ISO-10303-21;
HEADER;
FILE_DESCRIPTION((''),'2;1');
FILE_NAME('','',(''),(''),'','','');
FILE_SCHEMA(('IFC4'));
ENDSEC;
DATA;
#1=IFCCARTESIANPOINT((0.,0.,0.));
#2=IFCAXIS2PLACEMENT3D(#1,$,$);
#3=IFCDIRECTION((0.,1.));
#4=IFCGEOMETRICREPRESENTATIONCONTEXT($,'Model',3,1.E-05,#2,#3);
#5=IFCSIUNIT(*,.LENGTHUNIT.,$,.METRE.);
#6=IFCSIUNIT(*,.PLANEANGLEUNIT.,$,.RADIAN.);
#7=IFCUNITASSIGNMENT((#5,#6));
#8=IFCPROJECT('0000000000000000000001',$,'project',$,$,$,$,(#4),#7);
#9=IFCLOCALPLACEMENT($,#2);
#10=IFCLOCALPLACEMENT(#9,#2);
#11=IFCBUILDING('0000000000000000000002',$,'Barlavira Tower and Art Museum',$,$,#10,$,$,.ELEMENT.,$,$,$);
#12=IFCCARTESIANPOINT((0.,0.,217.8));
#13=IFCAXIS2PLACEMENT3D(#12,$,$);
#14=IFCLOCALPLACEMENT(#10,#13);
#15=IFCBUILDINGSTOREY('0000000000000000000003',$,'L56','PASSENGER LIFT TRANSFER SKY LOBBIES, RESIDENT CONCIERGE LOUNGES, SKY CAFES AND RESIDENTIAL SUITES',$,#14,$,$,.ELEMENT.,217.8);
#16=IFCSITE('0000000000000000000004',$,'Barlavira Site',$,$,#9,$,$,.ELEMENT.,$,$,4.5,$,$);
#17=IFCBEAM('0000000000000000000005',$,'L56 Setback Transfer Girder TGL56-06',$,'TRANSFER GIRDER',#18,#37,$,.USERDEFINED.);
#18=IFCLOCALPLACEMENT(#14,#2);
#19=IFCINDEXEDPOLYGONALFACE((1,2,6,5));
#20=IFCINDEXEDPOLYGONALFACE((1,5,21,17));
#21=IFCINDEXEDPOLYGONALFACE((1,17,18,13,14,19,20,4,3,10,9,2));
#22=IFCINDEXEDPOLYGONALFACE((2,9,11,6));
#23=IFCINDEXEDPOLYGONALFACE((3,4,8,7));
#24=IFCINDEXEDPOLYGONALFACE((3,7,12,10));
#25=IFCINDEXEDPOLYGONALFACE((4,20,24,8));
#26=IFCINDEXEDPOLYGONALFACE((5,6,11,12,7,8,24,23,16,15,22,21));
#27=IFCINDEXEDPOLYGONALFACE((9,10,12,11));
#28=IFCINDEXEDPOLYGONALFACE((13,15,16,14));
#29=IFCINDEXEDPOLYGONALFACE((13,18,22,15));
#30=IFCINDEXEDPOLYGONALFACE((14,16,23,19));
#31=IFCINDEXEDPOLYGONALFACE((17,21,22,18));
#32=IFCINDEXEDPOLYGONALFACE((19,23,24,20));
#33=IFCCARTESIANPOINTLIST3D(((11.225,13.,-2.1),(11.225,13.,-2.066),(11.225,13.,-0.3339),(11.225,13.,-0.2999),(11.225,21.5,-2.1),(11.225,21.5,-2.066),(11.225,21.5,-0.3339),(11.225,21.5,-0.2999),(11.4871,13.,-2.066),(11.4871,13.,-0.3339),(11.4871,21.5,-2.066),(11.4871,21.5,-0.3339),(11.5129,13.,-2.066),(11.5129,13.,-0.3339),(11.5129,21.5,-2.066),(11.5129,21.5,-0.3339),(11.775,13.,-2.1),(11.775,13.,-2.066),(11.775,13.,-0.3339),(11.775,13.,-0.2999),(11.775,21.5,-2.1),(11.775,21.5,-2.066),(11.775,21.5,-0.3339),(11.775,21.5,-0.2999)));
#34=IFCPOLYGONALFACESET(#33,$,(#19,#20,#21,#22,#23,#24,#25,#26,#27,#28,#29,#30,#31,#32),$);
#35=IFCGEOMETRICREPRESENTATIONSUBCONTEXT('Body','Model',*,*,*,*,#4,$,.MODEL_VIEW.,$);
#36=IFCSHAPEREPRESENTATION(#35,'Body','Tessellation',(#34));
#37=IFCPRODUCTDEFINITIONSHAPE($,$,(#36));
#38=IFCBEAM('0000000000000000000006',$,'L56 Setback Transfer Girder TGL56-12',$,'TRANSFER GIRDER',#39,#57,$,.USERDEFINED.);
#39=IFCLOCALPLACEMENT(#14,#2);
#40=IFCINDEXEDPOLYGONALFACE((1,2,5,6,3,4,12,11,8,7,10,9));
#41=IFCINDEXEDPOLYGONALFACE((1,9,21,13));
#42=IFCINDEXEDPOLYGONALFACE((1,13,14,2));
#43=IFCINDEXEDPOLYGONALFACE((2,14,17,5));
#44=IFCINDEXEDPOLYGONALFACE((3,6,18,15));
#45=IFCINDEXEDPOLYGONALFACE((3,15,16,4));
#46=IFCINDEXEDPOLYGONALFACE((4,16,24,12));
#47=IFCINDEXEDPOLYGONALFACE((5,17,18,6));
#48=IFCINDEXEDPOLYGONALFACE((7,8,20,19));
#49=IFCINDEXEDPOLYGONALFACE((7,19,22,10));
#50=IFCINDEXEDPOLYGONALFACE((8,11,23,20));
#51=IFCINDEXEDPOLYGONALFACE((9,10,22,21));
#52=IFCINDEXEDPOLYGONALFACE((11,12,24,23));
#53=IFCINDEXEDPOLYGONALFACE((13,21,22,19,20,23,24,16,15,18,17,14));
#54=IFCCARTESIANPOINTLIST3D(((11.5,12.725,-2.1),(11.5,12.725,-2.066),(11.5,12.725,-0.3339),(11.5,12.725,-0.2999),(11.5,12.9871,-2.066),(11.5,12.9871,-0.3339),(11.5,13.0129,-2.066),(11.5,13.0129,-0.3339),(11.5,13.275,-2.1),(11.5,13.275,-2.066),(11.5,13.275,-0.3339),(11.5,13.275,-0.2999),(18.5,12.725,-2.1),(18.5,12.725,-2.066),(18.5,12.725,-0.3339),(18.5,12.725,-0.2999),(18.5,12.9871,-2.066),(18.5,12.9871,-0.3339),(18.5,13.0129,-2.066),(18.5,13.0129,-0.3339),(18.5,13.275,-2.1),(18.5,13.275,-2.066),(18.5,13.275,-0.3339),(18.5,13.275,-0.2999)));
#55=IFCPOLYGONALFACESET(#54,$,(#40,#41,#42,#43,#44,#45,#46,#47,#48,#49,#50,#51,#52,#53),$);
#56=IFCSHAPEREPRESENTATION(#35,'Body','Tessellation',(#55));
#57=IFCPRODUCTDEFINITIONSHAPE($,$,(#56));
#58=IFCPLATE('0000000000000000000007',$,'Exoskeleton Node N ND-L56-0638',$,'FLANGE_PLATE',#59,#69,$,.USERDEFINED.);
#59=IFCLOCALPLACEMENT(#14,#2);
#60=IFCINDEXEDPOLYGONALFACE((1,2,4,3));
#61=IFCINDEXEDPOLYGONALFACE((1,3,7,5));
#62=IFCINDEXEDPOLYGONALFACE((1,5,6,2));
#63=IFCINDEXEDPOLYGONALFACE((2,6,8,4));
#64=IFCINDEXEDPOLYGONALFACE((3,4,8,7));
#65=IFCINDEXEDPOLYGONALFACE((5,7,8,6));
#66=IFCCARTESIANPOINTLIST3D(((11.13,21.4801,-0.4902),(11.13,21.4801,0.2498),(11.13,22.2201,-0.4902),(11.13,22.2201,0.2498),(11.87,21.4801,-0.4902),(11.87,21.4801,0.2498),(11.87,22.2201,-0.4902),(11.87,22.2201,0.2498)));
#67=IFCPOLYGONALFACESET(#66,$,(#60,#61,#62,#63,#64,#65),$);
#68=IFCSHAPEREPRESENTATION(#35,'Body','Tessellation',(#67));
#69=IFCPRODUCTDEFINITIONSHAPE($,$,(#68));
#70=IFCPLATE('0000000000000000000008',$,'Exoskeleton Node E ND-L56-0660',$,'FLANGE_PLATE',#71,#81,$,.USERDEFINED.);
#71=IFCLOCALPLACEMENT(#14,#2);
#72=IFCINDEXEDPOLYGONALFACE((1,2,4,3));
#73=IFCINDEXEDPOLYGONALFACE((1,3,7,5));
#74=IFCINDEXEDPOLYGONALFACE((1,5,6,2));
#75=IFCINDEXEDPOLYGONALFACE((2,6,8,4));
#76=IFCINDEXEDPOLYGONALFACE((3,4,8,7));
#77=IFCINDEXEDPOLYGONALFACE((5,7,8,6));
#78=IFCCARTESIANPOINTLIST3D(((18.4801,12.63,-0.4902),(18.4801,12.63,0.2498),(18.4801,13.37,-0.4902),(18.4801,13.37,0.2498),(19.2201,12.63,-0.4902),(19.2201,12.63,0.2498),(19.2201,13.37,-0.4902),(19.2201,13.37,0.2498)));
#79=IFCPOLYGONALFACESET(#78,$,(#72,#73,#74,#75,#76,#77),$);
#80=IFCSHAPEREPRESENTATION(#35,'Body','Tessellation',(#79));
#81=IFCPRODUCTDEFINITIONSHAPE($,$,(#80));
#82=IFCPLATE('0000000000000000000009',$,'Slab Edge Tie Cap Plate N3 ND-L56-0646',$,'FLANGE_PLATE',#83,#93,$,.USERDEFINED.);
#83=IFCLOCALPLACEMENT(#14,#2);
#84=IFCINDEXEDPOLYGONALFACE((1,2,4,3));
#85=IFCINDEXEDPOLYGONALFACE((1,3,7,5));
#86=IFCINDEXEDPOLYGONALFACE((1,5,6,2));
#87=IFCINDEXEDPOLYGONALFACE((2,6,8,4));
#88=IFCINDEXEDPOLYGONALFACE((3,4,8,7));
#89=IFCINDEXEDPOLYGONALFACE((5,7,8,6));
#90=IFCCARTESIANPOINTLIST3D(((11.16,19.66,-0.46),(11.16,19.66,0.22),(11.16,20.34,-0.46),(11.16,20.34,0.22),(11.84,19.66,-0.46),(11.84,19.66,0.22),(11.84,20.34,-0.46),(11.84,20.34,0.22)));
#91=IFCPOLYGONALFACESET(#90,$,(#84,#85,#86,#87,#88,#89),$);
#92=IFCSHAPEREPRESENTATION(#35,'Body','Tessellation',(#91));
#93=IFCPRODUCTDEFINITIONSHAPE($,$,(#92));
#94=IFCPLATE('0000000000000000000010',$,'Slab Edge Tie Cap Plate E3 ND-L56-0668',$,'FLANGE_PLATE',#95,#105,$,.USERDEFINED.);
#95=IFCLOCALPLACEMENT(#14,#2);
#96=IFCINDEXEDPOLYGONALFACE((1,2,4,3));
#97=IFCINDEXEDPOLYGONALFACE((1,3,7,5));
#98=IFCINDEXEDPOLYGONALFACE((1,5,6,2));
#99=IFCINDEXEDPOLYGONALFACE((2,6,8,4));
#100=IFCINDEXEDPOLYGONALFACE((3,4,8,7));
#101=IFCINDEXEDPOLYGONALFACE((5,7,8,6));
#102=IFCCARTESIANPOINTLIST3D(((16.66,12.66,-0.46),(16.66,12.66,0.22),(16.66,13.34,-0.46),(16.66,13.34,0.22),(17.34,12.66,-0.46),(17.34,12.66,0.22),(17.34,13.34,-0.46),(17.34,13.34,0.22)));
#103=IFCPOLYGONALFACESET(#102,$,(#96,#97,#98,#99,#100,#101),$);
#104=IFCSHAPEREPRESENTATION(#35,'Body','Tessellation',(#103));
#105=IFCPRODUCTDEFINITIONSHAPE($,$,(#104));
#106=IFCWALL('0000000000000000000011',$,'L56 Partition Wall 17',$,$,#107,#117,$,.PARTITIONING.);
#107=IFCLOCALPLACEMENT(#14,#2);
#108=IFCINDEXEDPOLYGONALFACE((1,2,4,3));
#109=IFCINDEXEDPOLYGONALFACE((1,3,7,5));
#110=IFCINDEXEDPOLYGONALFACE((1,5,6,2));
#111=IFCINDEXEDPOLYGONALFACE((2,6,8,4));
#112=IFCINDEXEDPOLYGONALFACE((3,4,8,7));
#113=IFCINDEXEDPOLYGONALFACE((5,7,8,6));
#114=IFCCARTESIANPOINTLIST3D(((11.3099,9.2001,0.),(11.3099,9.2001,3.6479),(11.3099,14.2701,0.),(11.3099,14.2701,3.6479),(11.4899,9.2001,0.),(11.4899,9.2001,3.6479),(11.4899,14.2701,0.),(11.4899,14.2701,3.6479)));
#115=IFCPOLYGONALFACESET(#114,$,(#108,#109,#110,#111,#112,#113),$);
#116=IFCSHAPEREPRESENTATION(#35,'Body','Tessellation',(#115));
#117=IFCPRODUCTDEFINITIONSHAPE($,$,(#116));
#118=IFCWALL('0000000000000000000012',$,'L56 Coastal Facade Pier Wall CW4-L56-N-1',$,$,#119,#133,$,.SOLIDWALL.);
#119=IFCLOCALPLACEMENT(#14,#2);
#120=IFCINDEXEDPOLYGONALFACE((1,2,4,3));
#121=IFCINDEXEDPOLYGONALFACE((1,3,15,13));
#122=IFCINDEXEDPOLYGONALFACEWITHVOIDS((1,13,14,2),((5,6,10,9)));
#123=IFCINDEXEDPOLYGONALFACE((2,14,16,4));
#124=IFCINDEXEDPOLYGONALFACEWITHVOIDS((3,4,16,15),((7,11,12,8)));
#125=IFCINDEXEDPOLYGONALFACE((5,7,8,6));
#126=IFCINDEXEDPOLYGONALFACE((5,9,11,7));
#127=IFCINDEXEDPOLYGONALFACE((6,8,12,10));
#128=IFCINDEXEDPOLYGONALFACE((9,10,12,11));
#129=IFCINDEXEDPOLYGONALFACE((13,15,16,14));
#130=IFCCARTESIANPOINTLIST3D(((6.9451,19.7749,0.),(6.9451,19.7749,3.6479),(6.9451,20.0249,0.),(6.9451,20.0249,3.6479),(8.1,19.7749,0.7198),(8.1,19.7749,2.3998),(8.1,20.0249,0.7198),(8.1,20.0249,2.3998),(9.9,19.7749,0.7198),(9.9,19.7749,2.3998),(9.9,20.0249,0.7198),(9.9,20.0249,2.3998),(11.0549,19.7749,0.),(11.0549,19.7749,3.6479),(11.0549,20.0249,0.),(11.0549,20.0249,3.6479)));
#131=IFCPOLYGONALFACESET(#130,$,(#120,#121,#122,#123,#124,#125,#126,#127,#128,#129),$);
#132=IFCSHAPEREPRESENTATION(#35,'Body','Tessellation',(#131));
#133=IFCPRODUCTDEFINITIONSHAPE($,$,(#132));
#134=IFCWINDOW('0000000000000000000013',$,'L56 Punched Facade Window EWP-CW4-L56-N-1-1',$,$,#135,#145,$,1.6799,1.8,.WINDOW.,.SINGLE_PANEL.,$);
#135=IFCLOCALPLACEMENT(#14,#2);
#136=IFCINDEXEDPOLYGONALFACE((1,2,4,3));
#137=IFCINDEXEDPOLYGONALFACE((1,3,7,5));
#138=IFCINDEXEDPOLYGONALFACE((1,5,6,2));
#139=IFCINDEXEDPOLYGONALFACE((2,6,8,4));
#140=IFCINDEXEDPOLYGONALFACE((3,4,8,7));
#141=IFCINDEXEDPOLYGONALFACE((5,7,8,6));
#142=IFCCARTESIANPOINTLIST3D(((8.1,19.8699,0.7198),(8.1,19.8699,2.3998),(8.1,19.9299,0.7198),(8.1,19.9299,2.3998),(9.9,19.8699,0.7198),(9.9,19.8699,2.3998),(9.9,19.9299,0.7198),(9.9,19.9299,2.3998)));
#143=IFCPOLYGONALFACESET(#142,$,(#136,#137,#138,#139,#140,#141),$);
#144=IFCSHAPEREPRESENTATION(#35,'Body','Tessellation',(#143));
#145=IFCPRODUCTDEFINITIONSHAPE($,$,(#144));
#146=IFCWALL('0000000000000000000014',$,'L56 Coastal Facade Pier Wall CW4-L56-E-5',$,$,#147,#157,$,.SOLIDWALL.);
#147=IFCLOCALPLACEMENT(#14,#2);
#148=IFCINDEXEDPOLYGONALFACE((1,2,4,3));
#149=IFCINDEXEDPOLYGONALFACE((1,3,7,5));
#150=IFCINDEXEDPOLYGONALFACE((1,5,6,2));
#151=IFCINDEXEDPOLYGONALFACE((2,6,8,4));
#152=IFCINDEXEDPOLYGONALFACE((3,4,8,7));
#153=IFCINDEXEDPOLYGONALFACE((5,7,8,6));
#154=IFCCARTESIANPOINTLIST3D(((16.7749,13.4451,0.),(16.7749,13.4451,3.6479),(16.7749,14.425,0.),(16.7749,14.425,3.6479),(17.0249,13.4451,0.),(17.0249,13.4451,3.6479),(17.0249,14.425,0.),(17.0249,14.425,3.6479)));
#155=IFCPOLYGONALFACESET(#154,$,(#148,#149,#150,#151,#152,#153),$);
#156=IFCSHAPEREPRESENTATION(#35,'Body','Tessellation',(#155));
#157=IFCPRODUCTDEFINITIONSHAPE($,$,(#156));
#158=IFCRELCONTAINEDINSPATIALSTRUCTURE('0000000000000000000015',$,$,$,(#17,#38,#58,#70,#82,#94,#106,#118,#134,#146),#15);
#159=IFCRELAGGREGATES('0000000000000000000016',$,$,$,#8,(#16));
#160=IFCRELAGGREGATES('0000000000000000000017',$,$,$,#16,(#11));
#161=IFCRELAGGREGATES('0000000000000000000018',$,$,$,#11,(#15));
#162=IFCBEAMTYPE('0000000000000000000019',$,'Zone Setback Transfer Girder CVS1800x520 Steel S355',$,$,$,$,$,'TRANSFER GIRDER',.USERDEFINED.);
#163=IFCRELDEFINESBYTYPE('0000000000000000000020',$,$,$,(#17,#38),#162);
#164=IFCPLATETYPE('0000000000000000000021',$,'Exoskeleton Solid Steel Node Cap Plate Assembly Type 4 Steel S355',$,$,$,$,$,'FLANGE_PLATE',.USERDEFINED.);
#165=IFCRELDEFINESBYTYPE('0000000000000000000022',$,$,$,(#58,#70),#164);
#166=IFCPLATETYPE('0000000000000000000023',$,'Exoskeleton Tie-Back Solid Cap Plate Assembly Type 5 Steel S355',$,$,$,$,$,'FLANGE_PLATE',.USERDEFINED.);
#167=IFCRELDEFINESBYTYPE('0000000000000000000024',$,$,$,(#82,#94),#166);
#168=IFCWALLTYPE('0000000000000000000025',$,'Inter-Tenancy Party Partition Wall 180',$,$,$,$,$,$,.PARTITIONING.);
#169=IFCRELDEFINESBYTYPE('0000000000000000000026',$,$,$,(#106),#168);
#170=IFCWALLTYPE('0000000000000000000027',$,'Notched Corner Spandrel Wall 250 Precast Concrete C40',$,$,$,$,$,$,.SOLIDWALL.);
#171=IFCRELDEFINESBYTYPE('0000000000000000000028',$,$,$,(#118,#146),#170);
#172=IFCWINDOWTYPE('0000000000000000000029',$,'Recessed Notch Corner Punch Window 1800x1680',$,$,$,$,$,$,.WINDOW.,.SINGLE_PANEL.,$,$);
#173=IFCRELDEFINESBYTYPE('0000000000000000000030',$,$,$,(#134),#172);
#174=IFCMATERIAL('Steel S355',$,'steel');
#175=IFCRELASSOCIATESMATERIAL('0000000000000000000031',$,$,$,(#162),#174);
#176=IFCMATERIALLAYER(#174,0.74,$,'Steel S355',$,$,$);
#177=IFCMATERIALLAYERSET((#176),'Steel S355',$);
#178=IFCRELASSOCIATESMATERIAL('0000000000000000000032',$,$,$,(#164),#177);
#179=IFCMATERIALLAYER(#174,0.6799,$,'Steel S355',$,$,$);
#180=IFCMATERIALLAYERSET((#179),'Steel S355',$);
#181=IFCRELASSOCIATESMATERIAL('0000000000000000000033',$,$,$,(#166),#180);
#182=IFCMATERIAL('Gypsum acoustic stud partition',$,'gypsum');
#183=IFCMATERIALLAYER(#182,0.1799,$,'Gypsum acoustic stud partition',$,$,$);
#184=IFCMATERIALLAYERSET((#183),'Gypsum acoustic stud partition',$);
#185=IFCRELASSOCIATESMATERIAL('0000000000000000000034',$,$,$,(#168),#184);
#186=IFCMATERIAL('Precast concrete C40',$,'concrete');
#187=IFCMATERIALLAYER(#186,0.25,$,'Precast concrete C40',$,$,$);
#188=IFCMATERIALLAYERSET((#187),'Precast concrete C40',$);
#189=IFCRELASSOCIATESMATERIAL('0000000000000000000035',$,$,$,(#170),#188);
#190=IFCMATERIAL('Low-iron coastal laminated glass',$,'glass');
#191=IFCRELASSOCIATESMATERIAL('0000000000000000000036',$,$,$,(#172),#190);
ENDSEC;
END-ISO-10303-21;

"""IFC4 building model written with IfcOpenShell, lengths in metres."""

from ifc_helpers import new_model, si_unit, direction, frame, frame_2d, origin, origin_2d, place, context, subcontext, project, spatial, rectangle, i_section, extrude, material, layer, layer_set, material_profile, profile_set, type_object, element, fill, save


model = new_model("IFC4")

# Units and contexts
model_context = context("Model", 3, precision=1e-05, world=origin(), true_north=direction((0.0, 1.0)))
body_context = subcontext(model_context, "Body", "Model", "MODEL_VIEW")
ifc_project = project(units=[si_unit("LENGTHUNIT", "METRE"), si_unit("PLANEANGLEUNIT", "RADIAN")], contexts=[model_context])

# Site, building, storey
site_placement = place(None, origin())
site = spatial("IfcSite", under=ifc_project, at=site_placement, Name="Barlavira Site", CompositionType="ELEMENT", RefElevation=4.5)
building_placement = place(site_placement, origin())
building = spatial("IfcBuilding", under=site, at=building_placement, Name="Barlavira Tower and Art Museum", CompositionType="ELEMENT")
storey_placement = place(building_placement, frame((0.0, 0.0, 217.8)))
storey = spatial("IfcBuildingStorey", under=building, at=storey_placement, Name="L56", Description="PASSENGER LIFT TRANSFER SKY LOBBIES, RESIDENT CONCIERGE LOUNGES, SKY CAFES AND RESIDENTIAL SUITES", CompositionType="ELEMENT", Elevation=217.8)

# Shared definitions
ifc_material_1 = material(Name="Low-iron coastal laminated glass", Category="glass")

# Shared definitions
ifc_material_2 = material(Name="Steel S355", Category="steel")

# Beams
ifc_material_profile_1 = material_profile(ifc_material_2, i_section(OverallWidth=0.55, OverallDepth=1.8, WebThickness=0.0259, FlangeThickness=0.0339, at=origin_2d()), Name="CVS1800x520")
ifc_profile_set_1 = profile_set([ifc_material_profile_1], Name="Steel S355")
beam_type_1 = type_object("IfcBeamType", Name="Zone Setback Transfer Girder CVS1800x520 Steel S355", ElementType="TRANSFER GIRDER", PredefinedType="USERDEFINED", material=ifc_profile_set_1)
beam_1_placement = place(storey_placement, frame((11.5, 13.0, -1.2), z_axis=(0.0, 1.0, 0.0), x_axis=(-1.0, 0.0, 0.0)))
element("IfcBeam", 1, at=beam_1_placement, inside=storey, type_object=beam_type_1, Name="L56 Setback Transfer Girder TGL56-06", ObjectType="TRANSFER GIRDER", PredefinedType="USERDEFINED", context=body_context, shape_type="SweptSolid", body=[
    extrude(i_section(OverallWidth=0.55, OverallDepth=1.8, WebThickness=0.0259, FlangeThickness=0.0339, at=origin_2d()), origin(), (0.0, 0.0, 1.0), 8.5),
])
beam_2_placement = place(storey_placement, frame((11.5, 13.0, -1.2), z_axis=(1.0, 0.0, 0.0), x_axis=(0.0, 1.0, 0.0)))
element("IfcBeam", 2, at=beam_2_placement, inside=storey, type_object=beam_type_1, Name="L56 Setback Transfer Girder TGL56-12", ObjectType="TRANSFER GIRDER", PredefinedType="USERDEFINED", context=body_context, shape_type="SweptSolid", body=[
    extrude(i_section(OverallWidth=0.55, OverallDepth=1.8, WebThickness=0.0259, FlangeThickness=0.0339, at=origin_2d()), origin(), (0.0, 0.0, 1.0), 7.0),
])

# Plates
ifc_layer_1 = layer(ifc_material_2, 0.74, Name="Steel S355")
ifc_layer_set_1 = layer_set([ifc_layer_1], Name="Steel S355")
plate_type_1 = type_object("IfcPlateType", Name="Exoskeleton Solid Steel Node Cap Plate Assembly Type 4 Steel S355", ElementType="FLANGE_PLATE", PredefinedType="USERDEFINED", material=ifc_layer_set_1)
for number, where, z_axis, x_axis, name in (
    (3, (11.5, 21.8501, -0.4902), (0.0, 0.0, 1.0), (1.0, 0.0, 0.0), "Exoskeleton Node N ND-L56-0638"),
    (4, (18.8501, 13.0, -0.4902), (0.0, 0.0, 1.0), (1.0, 0.0, 0.0), "Exoskeleton Node E ND-L56-0660"),
):
    element("IfcPlate", number, at=place(storey_placement, frame(where, z_axis=z_axis, x_axis=x_axis)), inside=storey, type_object=plate_type_1, Name=name, ObjectType="FLANGE_PLATE", PredefinedType="USERDEFINED", context=body_context, shape_type="SweptSolid", body=[
        extrude(rectangle(XDim=0.74, YDim=0.74, at=origin_2d()), origin(), (0.0, 0.0, 1.0), 0.74),
    ])
ifc_layer_2 = layer(ifc_material_2, 0.6799, Name="Steel S355")
ifc_layer_set_2 = layer_set([ifc_layer_2], Name="Steel S355")
plate_type_2 = type_object("IfcPlateType", Name="Exoskeleton Tie-Back Solid Cap Plate Assembly Type 5 Steel S355", ElementType="FLANGE_PLATE", PredefinedType="USERDEFINED", material=ifc_layer_set_2)
for number, where, z_axis, x_axis, name in (
    (5, (11.5, 20.0, -0.46), (0.0, 0.0, 1.0), (1.0, 0.0, 0.0), "Slab Edge Tie Cap Plate N3 ND-L56-0646"),
    (6, (17.0, 13.0, -0.46), (0.0, 0.0, 1.0), (1.0, 0.0, 0.0), "Slab Edge Tie Cap Plate E3 ND-L56-0668"),
):
    element("IfcPlate", number, at=place(storey_placement, frame(where, z_axis=z_axis, x_axis=x_axis)), inside=storey, type_object=plate_type_2, Name=name, ObjectType="FLANGE_PLATE", PredefinedType="USERDEFINED", context=body_context, shape_type="SweptSolid", body=[
        extrude(rectangle(XDim=0.6799, YDim=0.6799, at=origin_2d()), origin(), (0.0, 0.0, 1.0), 0.6799),
    ])

# Wall
ifc_material_3 = material(Name="Gypsum acoustic stud partition", Category="gypsum")
ifc_layer_3 = layer(ifc_material_3, 0.1799, Name="Gypsum acoustic stud partition")
ifc_layer_set_3 = layer_set([ifc_layer_3], Name="Gypsum acoustic stud partition")
wall_type_1 = type_object("IfcWallType", Name="Inter-Tenancy Party Partition Wall 180", PredefinedType="PARTITIONING", material=ifc_layer_set_3)
wall_1_placement = place(storey_placement, frame((11.3999, 9.2, 0.0), z_axis=(0.0, 0.0, 1.0), x_axis=(0.0, 1.0, 0.0)))
element("IfcWall", 7, at=wall_1_placement, inside=storey, type_object=wall_type_1, Name="L56 Partition Wall 17", PredefinedType="PARTITIONING", context=body_context, shape_type="SweptSolid", body=[
    extrude(rectangle(XDim=5.0701, YDim=0.1799, at=frame_2d((2.5352, 0.0))), origin(), (0.0, 0.0, 1.0), 3.6479),
])

# Wall, opening, window
ifc_material_4 = material(Name="Precast concrete C40", Category="concrete")
ifc_layer_4 = layer(ifc_material_4, 0.25, Name="Precast concrete C40")
ifc_layer_set_4 = layer_set([ifc_layer_4], Name="Precast concrete C40")
wall_type_2 = type_object("IfcWallType", Name="Notched Corner Spandrel Wall 250 Precast Concrete C40", PredefinedType="SOLIDWALL", material=ifc_layer_set_4)
wall_2_placement = place(storey_placement, frame((11.0549, 19.8999, 0.0), z_axis=(0.0, 0.0, 1.0), x_axis=(-1.0, 0.0, 0.0)))
wall_2 = element("IfcWall", 8, at=wall_2_placement, inside=storey, type_object=wall_type_2, Name="L56 Coastal Facade Pier Wall CW4-L56-N-1", PredefinedType="SOLIDWALL", context=body_context, shape_type="SweptSolid", body=[
    extrude(rectangle(XDim=4.1099, YDim=0.25, at=frame_2d((2.0549, 0.0))), origin(), (0.0, 0.0, 1.0), 3.6479),
])
opening_1_placement = place(wall_2_placement, frame((1.155, 0.0, 0.72)))
opening_1 = element("IfcOpeningElement", 9, at=opening_1_placement, cuts=wall_2, PredefinedType="OPENING", context=body_context, shape_type="SweptSolid", body=[
    extrude(rectangle(XDim=1.8, YDim=1.6799, at=frame_2d((0.8999, 0.8398))), frame((0.0, 0.135, 0.0), z_axis=(0.0, -1.0, 0.0), x_axis=(1.0, 0.0, 0.0)), (0.0, 0.0, 1.0), 0.27),
])
window_type = type_object("IfcWindowType", Name="Recessed Notch Corner Punch Window 1800x1680", PartitioningType="SINGLE_PANEL", PredefinedType="WINDOW", material=ifc_material_1)
window_1_placement = place(opening_1_placement, origin())
window_1 = element("IfcWindow", 10, at=window_1_placement, inside=storey, type_object=window_type, Name="L56 Punched Facade Window EWP-CW4-L56-N-1-1", OverallHeight=1.6799, OverallWidth=1.8, PartitioningType="SINGLE_PANEL", PredefinedType="WINDOW", context=body_context, shape_type="SweptSolid", body=[
    extrude(rectangle(XDim=1.8, YDim=1.6799, at=frame_2d((0.8999, 0.8398))), frame((0.0, 0.03, 0.0), z_axis=(0.0, -1.0, 0.0), x_axis=(1.0, 0.0, 0.0)), (0.0, 0.0, 1.0), 0.0601),
])
fill(opening_1, window_1)

# Wall
wall_3_placement = place(storey_placement, frame((16.8999, 13.4451, 0.0), z_axis=(0.0, 0.0, 1.0), x_axis=(0.0, 1.0, 0.0)))
element("IfcWall", 11, at=wall_3_placement, inside=storey, type_object=wall_type_2, Name="L56 Coastal Facade Pier Wall CW4-L56-E-5", PredefinedType="SOLIDWALL", context=body_context, shape_type="SweptSolid", body=[
    extrude(rectangle(XDim=0.98, YDim=0.25, at=frame_2d((0.49, 0.0))), origin(), (0.0, 0.0, 1.0), 3.6479),
])

save(model, "model.ifc")
